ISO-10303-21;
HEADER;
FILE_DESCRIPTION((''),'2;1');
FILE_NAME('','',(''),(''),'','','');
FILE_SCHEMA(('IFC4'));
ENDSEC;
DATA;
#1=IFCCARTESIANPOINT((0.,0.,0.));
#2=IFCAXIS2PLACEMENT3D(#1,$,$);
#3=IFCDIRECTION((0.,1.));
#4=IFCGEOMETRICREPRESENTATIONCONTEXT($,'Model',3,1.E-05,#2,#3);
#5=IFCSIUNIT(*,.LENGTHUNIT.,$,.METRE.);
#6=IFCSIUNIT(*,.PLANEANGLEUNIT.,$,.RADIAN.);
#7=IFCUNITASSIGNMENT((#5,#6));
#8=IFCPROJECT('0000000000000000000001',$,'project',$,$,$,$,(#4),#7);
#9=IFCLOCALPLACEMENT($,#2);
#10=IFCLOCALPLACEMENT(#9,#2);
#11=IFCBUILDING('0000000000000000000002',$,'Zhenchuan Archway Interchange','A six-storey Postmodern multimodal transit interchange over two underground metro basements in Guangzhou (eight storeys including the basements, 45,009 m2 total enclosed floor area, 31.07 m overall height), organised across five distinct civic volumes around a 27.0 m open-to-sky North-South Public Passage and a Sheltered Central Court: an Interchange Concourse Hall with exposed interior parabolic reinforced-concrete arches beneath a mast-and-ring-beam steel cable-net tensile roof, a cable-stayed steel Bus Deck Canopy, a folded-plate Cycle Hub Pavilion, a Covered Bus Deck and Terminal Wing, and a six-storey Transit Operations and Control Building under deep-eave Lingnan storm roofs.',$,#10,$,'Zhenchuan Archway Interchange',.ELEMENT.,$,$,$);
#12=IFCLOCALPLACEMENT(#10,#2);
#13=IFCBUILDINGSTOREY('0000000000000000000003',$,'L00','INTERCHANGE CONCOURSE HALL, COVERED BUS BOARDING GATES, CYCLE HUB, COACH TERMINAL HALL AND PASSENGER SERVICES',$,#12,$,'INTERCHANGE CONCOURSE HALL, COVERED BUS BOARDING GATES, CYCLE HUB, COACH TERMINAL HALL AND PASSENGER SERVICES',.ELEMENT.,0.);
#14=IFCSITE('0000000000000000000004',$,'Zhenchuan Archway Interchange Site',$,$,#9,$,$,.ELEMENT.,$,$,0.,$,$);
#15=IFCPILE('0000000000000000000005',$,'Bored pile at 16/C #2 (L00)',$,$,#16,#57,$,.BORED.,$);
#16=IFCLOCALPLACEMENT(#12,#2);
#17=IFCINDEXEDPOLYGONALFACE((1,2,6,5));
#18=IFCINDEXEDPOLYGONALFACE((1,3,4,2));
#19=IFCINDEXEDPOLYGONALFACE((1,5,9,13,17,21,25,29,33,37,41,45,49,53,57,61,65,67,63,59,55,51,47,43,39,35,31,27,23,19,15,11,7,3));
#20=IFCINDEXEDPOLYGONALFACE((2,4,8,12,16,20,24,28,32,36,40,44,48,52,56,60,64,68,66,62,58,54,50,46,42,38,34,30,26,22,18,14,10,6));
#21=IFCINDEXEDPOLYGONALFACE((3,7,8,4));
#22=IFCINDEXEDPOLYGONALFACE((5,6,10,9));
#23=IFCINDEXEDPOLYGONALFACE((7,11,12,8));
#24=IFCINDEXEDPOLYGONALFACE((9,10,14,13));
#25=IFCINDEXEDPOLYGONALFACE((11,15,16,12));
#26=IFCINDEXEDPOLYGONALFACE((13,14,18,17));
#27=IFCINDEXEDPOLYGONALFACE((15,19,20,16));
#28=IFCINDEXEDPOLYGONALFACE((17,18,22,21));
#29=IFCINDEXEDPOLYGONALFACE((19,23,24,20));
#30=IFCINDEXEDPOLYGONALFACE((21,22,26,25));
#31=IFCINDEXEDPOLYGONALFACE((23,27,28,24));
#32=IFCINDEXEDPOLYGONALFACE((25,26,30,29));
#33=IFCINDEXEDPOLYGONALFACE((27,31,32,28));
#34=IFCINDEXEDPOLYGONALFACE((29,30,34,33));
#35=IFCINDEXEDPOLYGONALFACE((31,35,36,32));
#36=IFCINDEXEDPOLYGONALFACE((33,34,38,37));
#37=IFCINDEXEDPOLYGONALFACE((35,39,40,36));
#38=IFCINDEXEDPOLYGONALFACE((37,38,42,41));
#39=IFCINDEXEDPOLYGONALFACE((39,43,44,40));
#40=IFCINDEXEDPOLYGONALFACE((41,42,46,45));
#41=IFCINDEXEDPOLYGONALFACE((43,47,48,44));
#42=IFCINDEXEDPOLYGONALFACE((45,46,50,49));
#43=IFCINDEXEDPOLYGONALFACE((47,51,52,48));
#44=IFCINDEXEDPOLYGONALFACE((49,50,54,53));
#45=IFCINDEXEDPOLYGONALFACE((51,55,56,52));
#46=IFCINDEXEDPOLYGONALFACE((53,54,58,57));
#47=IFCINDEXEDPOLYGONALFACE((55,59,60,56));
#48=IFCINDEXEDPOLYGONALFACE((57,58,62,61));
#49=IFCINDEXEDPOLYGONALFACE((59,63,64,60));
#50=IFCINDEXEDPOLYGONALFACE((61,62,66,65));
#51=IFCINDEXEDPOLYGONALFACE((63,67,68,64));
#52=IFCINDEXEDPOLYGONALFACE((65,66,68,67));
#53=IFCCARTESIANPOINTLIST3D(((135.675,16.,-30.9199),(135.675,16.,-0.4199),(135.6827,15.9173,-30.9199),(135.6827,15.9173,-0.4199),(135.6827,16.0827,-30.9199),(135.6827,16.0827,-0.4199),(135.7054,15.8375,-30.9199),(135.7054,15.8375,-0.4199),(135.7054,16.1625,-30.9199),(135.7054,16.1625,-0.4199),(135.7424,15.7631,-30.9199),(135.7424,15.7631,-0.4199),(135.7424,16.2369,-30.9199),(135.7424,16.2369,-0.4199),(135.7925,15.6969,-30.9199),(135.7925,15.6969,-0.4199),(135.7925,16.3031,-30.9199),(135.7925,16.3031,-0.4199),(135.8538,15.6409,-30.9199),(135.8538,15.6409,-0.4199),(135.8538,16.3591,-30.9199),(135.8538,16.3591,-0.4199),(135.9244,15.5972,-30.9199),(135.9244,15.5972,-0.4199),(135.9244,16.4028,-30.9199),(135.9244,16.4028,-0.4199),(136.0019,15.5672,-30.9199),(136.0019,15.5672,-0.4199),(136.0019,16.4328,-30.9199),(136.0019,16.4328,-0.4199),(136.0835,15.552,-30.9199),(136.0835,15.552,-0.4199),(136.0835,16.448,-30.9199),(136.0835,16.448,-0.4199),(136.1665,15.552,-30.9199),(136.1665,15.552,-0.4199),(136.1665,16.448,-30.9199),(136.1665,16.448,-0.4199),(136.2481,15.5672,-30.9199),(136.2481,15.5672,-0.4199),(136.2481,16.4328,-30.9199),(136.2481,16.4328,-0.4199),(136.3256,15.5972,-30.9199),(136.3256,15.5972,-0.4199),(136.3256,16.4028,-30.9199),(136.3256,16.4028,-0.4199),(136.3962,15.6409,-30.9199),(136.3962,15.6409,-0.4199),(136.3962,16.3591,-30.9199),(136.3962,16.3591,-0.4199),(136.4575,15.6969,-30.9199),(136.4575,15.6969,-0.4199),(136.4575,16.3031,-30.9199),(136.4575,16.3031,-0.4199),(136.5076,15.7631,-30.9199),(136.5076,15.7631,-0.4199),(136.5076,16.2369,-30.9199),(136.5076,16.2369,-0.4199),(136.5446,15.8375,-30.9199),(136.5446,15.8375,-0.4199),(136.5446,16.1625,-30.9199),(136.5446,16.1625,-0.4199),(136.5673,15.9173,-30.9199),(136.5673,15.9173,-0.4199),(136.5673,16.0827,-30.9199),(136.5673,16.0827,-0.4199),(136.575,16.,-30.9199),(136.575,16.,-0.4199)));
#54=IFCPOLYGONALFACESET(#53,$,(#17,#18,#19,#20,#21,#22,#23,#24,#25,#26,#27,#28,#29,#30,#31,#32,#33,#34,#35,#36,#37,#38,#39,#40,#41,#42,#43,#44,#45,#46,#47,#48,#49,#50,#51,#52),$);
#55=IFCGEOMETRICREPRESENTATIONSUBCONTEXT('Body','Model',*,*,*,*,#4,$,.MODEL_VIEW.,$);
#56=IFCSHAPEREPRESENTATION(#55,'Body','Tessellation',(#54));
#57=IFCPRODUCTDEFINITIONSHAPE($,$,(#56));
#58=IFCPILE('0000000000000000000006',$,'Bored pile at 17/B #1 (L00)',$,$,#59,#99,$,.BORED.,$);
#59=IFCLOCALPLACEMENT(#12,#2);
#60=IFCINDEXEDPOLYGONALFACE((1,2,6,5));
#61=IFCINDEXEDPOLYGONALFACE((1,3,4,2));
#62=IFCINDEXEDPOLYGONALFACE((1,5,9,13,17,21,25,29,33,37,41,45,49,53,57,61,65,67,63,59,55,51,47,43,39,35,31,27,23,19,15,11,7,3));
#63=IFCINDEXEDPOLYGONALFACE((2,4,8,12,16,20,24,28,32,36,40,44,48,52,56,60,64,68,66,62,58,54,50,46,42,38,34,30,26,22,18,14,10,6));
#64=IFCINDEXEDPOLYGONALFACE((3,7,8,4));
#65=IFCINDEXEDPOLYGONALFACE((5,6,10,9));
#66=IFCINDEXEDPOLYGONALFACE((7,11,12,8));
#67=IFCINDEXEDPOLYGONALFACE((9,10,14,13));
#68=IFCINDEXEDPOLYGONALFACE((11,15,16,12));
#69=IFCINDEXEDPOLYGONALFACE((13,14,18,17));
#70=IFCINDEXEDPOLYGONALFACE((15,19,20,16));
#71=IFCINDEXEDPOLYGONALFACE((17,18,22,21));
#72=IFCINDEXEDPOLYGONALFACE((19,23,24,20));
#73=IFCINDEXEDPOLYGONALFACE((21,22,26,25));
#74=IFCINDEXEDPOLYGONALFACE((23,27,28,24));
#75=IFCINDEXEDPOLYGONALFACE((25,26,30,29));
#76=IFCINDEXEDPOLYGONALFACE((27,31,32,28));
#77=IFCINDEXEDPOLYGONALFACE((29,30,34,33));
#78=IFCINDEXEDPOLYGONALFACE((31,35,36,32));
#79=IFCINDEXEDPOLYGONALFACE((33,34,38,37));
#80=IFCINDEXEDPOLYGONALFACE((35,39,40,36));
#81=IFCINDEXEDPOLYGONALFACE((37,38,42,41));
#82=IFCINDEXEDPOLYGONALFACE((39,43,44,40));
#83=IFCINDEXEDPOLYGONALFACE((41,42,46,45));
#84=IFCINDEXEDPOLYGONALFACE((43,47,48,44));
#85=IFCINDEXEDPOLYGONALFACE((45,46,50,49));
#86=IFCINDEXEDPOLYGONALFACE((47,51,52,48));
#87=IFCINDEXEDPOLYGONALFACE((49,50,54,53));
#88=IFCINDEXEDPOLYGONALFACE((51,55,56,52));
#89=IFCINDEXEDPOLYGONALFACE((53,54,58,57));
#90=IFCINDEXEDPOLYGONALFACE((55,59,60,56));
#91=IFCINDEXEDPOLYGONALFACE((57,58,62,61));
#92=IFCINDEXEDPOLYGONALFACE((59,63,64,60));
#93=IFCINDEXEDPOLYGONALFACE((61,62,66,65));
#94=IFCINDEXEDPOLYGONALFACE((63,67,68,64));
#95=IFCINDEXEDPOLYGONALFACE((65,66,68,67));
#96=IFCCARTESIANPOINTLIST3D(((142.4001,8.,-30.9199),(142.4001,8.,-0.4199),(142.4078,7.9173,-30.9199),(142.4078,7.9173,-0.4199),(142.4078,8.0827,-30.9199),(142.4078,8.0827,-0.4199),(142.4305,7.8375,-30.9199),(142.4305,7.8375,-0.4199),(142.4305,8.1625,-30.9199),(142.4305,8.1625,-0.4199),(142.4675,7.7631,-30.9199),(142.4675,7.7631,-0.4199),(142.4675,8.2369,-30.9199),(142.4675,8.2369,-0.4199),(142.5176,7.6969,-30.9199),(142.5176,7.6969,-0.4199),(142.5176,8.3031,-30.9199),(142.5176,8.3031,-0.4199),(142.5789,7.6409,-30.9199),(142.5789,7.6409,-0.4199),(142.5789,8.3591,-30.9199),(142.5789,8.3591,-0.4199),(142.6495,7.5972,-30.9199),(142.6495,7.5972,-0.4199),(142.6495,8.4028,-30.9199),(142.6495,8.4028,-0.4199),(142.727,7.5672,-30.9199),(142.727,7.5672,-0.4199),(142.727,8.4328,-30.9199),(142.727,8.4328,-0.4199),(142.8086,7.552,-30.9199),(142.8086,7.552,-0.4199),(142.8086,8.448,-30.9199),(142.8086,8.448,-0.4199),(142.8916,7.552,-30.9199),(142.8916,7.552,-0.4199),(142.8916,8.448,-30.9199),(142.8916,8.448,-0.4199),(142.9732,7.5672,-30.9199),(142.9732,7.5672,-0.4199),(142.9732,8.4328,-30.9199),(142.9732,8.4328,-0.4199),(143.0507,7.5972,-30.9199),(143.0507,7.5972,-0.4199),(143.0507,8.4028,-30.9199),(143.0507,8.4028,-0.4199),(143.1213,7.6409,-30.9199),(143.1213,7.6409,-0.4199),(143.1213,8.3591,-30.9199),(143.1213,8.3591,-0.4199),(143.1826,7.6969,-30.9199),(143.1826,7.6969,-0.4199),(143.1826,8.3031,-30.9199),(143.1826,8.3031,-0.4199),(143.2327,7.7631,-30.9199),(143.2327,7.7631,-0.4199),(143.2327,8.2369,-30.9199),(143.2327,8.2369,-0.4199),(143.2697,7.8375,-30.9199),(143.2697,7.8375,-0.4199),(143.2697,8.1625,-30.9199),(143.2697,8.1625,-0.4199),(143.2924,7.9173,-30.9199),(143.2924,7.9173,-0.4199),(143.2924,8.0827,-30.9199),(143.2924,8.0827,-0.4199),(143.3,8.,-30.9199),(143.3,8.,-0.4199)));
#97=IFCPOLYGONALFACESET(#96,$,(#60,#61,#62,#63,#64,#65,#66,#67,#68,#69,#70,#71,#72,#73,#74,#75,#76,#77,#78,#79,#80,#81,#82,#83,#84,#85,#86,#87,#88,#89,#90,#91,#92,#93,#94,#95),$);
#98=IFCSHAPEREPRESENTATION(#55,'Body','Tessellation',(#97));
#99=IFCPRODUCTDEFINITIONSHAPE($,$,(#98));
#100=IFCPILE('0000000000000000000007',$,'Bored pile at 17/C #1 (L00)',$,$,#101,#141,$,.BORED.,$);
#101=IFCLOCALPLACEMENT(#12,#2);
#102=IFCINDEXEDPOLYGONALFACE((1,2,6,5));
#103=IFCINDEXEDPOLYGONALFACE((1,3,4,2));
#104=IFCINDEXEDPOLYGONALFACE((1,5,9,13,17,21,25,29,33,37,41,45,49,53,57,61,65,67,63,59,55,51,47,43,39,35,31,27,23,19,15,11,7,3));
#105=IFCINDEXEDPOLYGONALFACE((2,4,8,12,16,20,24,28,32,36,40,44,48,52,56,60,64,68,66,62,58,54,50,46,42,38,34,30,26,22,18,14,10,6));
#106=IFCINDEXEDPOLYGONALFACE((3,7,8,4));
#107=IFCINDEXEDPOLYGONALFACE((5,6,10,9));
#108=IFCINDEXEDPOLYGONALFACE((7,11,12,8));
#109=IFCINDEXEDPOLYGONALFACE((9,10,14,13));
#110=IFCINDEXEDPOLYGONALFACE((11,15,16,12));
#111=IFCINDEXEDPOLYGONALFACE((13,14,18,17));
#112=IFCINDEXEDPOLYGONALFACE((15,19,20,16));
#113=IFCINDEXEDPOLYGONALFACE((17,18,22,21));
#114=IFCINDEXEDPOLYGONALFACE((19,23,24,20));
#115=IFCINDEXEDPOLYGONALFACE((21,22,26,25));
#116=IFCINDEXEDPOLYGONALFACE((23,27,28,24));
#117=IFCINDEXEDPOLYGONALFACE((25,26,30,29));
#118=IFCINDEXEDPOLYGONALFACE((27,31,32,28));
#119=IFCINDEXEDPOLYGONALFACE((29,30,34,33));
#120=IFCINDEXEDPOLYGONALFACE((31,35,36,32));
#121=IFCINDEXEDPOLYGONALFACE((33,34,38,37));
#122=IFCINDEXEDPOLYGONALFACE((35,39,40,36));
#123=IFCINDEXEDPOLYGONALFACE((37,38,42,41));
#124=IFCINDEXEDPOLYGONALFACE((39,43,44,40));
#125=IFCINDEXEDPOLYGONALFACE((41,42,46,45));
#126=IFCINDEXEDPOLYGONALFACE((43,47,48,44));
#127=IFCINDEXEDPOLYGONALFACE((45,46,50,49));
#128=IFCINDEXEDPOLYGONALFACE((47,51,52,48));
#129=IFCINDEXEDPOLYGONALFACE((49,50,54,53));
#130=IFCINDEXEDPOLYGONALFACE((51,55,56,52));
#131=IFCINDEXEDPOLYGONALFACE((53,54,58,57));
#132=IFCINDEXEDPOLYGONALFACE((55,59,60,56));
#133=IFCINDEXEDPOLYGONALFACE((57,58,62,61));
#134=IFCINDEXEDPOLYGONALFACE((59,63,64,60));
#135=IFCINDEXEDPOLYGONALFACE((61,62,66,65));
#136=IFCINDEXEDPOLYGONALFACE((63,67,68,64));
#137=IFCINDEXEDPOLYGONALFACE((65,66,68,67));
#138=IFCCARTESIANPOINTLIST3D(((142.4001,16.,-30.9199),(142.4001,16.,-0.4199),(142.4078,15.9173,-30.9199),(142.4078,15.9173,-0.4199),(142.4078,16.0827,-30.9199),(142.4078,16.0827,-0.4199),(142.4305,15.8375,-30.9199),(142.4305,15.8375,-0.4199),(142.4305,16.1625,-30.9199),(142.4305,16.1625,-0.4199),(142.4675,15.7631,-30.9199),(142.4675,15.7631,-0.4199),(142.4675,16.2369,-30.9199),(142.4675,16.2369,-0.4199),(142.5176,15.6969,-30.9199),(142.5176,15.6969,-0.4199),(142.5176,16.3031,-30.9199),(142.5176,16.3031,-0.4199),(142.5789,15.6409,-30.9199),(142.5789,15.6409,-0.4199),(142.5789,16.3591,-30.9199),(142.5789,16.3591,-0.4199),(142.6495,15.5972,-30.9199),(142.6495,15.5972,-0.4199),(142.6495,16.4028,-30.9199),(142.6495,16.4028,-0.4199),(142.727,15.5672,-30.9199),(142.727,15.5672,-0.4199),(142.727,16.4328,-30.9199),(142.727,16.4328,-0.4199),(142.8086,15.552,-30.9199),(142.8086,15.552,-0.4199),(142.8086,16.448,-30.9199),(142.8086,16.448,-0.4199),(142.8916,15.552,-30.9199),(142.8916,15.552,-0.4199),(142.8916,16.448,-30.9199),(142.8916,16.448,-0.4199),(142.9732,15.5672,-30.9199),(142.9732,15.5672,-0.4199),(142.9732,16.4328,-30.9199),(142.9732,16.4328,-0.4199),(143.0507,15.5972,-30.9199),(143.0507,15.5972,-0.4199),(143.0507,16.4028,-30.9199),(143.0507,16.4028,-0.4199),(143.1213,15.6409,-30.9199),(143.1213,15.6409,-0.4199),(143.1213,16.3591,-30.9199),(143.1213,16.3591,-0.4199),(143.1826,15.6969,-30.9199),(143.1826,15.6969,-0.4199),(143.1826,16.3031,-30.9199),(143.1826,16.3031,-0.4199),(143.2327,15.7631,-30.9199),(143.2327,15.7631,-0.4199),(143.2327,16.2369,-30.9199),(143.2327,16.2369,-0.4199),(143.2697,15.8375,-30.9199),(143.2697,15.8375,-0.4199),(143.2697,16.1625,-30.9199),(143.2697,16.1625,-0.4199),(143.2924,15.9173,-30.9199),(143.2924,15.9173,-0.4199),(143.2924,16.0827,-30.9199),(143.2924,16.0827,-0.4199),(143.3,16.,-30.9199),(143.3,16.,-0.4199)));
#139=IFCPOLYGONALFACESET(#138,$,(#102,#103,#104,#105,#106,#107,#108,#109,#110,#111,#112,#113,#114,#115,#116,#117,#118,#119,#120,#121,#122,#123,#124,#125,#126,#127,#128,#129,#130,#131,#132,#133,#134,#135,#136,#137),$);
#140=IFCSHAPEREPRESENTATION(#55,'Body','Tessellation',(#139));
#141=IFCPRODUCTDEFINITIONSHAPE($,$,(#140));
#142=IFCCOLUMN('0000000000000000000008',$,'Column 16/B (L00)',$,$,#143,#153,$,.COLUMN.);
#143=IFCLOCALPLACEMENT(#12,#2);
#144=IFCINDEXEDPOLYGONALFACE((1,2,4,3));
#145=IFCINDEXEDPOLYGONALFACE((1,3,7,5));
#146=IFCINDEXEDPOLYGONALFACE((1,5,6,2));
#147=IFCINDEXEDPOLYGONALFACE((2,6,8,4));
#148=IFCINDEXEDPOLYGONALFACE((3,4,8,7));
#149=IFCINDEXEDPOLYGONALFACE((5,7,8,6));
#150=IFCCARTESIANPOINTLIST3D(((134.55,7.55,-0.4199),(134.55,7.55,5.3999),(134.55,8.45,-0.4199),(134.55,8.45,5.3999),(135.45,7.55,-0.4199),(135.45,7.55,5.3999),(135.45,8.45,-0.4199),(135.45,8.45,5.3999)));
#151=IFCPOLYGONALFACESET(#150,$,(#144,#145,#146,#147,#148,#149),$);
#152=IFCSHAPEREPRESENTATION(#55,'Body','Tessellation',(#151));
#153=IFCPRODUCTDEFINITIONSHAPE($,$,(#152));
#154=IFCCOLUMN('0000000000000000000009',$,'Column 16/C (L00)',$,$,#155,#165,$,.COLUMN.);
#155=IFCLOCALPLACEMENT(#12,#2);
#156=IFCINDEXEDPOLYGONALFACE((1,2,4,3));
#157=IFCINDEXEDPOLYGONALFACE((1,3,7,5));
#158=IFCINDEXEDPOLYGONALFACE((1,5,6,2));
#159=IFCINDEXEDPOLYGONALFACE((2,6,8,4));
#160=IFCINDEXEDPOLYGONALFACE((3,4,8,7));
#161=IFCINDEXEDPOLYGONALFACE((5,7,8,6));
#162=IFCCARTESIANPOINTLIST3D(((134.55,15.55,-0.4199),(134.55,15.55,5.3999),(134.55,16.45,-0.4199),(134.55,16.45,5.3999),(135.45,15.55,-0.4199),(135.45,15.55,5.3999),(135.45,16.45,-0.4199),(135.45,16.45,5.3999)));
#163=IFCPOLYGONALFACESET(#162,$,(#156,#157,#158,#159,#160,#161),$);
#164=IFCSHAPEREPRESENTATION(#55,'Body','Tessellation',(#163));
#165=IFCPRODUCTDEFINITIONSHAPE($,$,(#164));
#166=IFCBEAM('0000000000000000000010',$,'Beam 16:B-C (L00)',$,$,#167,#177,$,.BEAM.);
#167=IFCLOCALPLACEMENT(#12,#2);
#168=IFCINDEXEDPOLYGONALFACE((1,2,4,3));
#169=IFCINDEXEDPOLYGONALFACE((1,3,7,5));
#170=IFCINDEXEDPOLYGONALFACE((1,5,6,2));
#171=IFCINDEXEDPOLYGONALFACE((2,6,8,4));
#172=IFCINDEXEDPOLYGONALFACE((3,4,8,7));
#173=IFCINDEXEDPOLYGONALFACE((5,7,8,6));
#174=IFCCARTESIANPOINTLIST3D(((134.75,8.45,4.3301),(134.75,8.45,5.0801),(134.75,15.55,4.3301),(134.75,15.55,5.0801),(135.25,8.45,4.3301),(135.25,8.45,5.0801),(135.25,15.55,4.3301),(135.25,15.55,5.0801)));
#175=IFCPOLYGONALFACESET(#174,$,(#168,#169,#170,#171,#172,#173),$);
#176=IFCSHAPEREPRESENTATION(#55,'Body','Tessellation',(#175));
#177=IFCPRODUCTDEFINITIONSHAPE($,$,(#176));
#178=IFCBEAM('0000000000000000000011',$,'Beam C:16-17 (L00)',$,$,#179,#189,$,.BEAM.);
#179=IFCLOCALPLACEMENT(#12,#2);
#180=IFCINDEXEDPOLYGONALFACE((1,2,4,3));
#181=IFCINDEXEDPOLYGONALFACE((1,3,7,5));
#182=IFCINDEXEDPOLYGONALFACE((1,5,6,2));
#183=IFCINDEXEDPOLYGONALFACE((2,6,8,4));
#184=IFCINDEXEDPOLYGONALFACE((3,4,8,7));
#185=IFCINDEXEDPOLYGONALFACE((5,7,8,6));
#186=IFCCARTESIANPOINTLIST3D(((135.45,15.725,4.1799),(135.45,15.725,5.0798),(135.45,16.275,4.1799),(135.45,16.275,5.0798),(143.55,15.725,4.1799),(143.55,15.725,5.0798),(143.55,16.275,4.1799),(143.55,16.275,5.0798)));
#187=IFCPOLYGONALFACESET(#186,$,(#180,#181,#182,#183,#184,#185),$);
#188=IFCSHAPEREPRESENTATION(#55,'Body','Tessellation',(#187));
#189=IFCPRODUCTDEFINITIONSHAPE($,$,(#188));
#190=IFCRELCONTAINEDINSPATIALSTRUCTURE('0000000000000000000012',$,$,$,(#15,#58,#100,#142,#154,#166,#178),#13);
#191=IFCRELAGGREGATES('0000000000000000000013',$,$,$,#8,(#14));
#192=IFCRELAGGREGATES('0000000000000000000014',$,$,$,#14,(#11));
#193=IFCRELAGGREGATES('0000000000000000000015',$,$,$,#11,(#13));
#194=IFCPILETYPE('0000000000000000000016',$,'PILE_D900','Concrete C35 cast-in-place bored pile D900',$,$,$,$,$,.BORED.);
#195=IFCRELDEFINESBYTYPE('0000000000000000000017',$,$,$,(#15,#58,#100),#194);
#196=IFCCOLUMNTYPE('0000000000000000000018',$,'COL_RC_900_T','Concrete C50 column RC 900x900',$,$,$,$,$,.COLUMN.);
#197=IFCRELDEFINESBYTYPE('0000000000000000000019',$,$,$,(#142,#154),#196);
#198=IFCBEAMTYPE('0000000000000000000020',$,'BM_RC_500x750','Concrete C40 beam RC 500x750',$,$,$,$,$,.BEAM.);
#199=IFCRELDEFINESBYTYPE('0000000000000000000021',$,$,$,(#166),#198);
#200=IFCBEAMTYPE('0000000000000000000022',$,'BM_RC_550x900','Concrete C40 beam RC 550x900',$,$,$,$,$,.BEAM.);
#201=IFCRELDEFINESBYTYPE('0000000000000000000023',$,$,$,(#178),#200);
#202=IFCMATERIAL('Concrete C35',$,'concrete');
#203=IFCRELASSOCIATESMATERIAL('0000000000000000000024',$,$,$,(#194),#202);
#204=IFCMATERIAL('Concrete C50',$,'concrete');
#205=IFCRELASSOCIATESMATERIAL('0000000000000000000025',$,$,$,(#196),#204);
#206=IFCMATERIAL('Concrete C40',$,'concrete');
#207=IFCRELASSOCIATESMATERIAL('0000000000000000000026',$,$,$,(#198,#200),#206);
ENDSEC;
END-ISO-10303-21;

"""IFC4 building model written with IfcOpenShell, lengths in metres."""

from ifc_helpers import new_model, si_unit, direction, frame, origin, origin_2d, place, context, subcontext, project, spatial, rectangle, circle, extrude, material, material_profile, profile_set, type_object, element, save


model = new_model("IFC4")

# Units and contexts
model_context = context("Model", 3, precision=1e-05, world=origin(), true_north=direction((0.0, 1.0)))
body_context = subcontext(model_context, "Body", "Model", "MODEL_VIEW")
ifc_project = project(units=[si_unit("LENGTHUNIT", "METRE"), si_unit("PLANEANGLEUNIT", "RADIAN")], contexts=[model_context])

# Site, building, storey
site_placement = place(None, origin())
site = spatial("IfcSite", under=ifc_project, at=site_placement, Name="Zhenchuan Archway Interchange Site", CompositionType="ELEMENT", RefElevation=0.0)
building_placement = place(site_placement, origin())
building = spatial("IfcBuilding", under=site, at=building_placement, Name="Zhenchuan Archway Interchange", Description="A six-storey Postmodern multimodal transit interchange over two underground metro basements in Guangzhou (eight storeys including the basements, 45,009 m2 total enclosed floor area, 31.07 m overall height), organised across five distinct civic volumes around a 27.0 m open-to-sky North-South Public Passage and a Sheltered Central Court: an Interchange Concourse Hall with exposed interior parabolic reinforced-concrete arches beneath a mast-and-ring-beam steel cable-net tensile roof, a cable-stayed steel Bus Deck Canopy, a folded-plate Cycle Hub Pavilion, a Covered Bus Deck and Terminal Wing, and a six-storey Transit Operations and Control Building under deep-eave Lingnan storm roofs.", LongName="Zhenchuan Archway Interchange", CompositionType="ELEMENT")
storey_placement = place(building_placement, origin())
storey = spatial("IfcBuildingStorey", under=building, at=storey_placement, Name="L00", Description="INTERCHANGE CONCOURSE HALL, COVERED BUS BOARDING GATES, CYCLE HUB, COACH TERMINAL HALL AND PASSENGER SERVICES", LongName="INTERCHANGE CONCOURSE HALL, COVERED BUS BOARDING GATES, CYCLE HUB, COACH TERMINAL HALL AND PASSENGER SERVICES", CompositionType="ELEMENT", Elevation=0.0)

# Shared definitions
ifc_material_1 = material(Name="Concrete C40", Category="concrete")

# Piles
ifc_material_2 = material(Name="Concrete C35", Category="concrete")
ifc_material_profile_1 = material_profile(ifc_material_2, circle(Radius=0.45, at=origin_2d()), Name="BORED PILE 900")
ifc_profile_set_1 = profile_set([ifc_material_profile_1], Name="Concrete C35")
pile_type_1 = type_object("IfcPileType", Name="PILE_D900", Description="Concrete C35 cast-in-place bored pile D900", PredefinedType="BORED", material=ifc_profile_set_1)
for number, where, z_axis, x_axis, name in (
    (1, (136.125, 16.0, -0.4199), (0.0, 0.0, -1.0), (1.0, 0.0, 0.0), "Bored pile at 16/C #2 (L00)"),
    (2, (142.8501, 8.0, -0.4199), (0.0, 0.0, -1.0), (1.0, 0.0, 0.0), "Bored pile at 17/B #1 (L00)"),
    (3, (142.8501, 16.0, -0.4199), (0.0, 0.0, -1.0), (1.0, 0.0, 0.0), "Bored pile at 17/C #1 (L00)"),
):
    element("IfcPile", number, at=place(storey_placement, frame(where, z_axis=z_axis, x_axis=x_axis)), inside=storey, type_object=pile_type_1, Name=name, PredefinedType="BORED", context=body_context, shape_type="SweptSolid", body=[
        extrude(circle(Radius=0.45, at=origin_2d()), origin(), (0.0, 0.0, 1.0), 30.5),
    ])

# Columns
ifc_material_3 = material(Name="Concrete C50", Category="concrete")
ifc_material_profile_2 = material_profile(ifc_material_3, rectangle(XDim=0.8999, YDim=0.8999, at=origin_2d()), Name="RC 900x900")
ifc_profile_set_2 = profile_set([ifc_material_profile_2], Name="Concrete C50")
column_type = type_object("IfcColumnType", Name="COL_RC_900_T", Description="Concrete C50 column RC 900x900", PredefinedType="COLUMN", material=ifc_profile_set_2)
for number, where, z_axis, x_axis, name in (
    (4, (135.0, 8.0, -0.4199), (0.0, 0.0, 1.0), (1.0, 0.0, 0.0), "Column 16/B (L00)"),
    (5, (135.0, 16.0, -0.4199), (0.0, 0.0, 1.0), (1.0, 0.0, 0.0), "Column 16/C (L00)"),
):
    element("IfcColumn", number, at=place(storey_placement, frame(where, z_axis=z_axis, x_axis=x_axis)), inside=storey, type_object=column_type, Name=name, PredefinedType="COLUMN", context=body_context, shape_type="SweptSolid", body=[
        extrude(rectangle(XDim=0.8999, YDim=0.8999, at=origin_2d()), origin(), (0.0, 0.0, 1.0), 5.8198),
    ])

# Beams
ifc_material_profile_3 = material_profile(ifc_material_1, rectangle(XDim=0.5, YDim=0.75, at=origin_2d()), Name="RC 500x750")
ifc_profile_set_3 = profile_set([ifc_material_profile_3], Name="Concrete C40")
beam_type_1 = type_object("IfcBeamType", Name="BM_RC_500x750", Description="Concrete C40 beam RC 500x750", PredefinedType="BEAM", material=ifc_profile_set_3)
beam_1_placement = place(storey_placement, frame((135.0, 8.45, 4.7051), z_axis=(0.0, 1.0, 0.0), x_axis=(-1.0, 0.0, 0.0)))
element("IfcBeam", 6, at=beam_1_placement, inside=storey, type_object=beam_type_1, Name="Beam 16:B-C (L00)", PredefinedType="BEAM", context=body_context, shape_type="SweptSolid", body=[
    extrude(rectangle(XDim=0.5, YDim=0.75, at=origin_2d()), origin(), (0.0, 0.0, 1.0), 7.1001),
])
ifc_material_profile_4 = material_profile(ifc_material_1, rectangle(XDim=0.55, YDim=0.8999, at=origin_2d()), Name="RC 550x900")
ifc_profile_set_4 = profile_set([ifc_material_profile_4], Name="Concrete C40")
beam_type_2 = type_object("IfcBeamType", Name="BM_RC_550x900", Description="Concrete C40 beam RC 550x900", PredefinedType="BEAM", material=ifc_profile_set_4)
beam_2_placement = place(storey_placement, frame((135.45, 16.0, 4.6299), z_axis=(1.0, 0.0, 0.0), x_axis=(0.0, 1.0, 0.0)))
element("IfcBeam", 7, at=beam_2_placement, inside=storey, type_object=beam_type_2, Name="Beam C:16-17 (L00)", PredefinedType="BEAM", context=body_context, shape_type="SweptSolid", body=[
    extrude(rectangle(XDim=0.55, YDim=0.8999, at=origin_2d()), origin(), (0.0, 0.0, 1.0), 8.1001),
])

save(model, "model.ifc")
